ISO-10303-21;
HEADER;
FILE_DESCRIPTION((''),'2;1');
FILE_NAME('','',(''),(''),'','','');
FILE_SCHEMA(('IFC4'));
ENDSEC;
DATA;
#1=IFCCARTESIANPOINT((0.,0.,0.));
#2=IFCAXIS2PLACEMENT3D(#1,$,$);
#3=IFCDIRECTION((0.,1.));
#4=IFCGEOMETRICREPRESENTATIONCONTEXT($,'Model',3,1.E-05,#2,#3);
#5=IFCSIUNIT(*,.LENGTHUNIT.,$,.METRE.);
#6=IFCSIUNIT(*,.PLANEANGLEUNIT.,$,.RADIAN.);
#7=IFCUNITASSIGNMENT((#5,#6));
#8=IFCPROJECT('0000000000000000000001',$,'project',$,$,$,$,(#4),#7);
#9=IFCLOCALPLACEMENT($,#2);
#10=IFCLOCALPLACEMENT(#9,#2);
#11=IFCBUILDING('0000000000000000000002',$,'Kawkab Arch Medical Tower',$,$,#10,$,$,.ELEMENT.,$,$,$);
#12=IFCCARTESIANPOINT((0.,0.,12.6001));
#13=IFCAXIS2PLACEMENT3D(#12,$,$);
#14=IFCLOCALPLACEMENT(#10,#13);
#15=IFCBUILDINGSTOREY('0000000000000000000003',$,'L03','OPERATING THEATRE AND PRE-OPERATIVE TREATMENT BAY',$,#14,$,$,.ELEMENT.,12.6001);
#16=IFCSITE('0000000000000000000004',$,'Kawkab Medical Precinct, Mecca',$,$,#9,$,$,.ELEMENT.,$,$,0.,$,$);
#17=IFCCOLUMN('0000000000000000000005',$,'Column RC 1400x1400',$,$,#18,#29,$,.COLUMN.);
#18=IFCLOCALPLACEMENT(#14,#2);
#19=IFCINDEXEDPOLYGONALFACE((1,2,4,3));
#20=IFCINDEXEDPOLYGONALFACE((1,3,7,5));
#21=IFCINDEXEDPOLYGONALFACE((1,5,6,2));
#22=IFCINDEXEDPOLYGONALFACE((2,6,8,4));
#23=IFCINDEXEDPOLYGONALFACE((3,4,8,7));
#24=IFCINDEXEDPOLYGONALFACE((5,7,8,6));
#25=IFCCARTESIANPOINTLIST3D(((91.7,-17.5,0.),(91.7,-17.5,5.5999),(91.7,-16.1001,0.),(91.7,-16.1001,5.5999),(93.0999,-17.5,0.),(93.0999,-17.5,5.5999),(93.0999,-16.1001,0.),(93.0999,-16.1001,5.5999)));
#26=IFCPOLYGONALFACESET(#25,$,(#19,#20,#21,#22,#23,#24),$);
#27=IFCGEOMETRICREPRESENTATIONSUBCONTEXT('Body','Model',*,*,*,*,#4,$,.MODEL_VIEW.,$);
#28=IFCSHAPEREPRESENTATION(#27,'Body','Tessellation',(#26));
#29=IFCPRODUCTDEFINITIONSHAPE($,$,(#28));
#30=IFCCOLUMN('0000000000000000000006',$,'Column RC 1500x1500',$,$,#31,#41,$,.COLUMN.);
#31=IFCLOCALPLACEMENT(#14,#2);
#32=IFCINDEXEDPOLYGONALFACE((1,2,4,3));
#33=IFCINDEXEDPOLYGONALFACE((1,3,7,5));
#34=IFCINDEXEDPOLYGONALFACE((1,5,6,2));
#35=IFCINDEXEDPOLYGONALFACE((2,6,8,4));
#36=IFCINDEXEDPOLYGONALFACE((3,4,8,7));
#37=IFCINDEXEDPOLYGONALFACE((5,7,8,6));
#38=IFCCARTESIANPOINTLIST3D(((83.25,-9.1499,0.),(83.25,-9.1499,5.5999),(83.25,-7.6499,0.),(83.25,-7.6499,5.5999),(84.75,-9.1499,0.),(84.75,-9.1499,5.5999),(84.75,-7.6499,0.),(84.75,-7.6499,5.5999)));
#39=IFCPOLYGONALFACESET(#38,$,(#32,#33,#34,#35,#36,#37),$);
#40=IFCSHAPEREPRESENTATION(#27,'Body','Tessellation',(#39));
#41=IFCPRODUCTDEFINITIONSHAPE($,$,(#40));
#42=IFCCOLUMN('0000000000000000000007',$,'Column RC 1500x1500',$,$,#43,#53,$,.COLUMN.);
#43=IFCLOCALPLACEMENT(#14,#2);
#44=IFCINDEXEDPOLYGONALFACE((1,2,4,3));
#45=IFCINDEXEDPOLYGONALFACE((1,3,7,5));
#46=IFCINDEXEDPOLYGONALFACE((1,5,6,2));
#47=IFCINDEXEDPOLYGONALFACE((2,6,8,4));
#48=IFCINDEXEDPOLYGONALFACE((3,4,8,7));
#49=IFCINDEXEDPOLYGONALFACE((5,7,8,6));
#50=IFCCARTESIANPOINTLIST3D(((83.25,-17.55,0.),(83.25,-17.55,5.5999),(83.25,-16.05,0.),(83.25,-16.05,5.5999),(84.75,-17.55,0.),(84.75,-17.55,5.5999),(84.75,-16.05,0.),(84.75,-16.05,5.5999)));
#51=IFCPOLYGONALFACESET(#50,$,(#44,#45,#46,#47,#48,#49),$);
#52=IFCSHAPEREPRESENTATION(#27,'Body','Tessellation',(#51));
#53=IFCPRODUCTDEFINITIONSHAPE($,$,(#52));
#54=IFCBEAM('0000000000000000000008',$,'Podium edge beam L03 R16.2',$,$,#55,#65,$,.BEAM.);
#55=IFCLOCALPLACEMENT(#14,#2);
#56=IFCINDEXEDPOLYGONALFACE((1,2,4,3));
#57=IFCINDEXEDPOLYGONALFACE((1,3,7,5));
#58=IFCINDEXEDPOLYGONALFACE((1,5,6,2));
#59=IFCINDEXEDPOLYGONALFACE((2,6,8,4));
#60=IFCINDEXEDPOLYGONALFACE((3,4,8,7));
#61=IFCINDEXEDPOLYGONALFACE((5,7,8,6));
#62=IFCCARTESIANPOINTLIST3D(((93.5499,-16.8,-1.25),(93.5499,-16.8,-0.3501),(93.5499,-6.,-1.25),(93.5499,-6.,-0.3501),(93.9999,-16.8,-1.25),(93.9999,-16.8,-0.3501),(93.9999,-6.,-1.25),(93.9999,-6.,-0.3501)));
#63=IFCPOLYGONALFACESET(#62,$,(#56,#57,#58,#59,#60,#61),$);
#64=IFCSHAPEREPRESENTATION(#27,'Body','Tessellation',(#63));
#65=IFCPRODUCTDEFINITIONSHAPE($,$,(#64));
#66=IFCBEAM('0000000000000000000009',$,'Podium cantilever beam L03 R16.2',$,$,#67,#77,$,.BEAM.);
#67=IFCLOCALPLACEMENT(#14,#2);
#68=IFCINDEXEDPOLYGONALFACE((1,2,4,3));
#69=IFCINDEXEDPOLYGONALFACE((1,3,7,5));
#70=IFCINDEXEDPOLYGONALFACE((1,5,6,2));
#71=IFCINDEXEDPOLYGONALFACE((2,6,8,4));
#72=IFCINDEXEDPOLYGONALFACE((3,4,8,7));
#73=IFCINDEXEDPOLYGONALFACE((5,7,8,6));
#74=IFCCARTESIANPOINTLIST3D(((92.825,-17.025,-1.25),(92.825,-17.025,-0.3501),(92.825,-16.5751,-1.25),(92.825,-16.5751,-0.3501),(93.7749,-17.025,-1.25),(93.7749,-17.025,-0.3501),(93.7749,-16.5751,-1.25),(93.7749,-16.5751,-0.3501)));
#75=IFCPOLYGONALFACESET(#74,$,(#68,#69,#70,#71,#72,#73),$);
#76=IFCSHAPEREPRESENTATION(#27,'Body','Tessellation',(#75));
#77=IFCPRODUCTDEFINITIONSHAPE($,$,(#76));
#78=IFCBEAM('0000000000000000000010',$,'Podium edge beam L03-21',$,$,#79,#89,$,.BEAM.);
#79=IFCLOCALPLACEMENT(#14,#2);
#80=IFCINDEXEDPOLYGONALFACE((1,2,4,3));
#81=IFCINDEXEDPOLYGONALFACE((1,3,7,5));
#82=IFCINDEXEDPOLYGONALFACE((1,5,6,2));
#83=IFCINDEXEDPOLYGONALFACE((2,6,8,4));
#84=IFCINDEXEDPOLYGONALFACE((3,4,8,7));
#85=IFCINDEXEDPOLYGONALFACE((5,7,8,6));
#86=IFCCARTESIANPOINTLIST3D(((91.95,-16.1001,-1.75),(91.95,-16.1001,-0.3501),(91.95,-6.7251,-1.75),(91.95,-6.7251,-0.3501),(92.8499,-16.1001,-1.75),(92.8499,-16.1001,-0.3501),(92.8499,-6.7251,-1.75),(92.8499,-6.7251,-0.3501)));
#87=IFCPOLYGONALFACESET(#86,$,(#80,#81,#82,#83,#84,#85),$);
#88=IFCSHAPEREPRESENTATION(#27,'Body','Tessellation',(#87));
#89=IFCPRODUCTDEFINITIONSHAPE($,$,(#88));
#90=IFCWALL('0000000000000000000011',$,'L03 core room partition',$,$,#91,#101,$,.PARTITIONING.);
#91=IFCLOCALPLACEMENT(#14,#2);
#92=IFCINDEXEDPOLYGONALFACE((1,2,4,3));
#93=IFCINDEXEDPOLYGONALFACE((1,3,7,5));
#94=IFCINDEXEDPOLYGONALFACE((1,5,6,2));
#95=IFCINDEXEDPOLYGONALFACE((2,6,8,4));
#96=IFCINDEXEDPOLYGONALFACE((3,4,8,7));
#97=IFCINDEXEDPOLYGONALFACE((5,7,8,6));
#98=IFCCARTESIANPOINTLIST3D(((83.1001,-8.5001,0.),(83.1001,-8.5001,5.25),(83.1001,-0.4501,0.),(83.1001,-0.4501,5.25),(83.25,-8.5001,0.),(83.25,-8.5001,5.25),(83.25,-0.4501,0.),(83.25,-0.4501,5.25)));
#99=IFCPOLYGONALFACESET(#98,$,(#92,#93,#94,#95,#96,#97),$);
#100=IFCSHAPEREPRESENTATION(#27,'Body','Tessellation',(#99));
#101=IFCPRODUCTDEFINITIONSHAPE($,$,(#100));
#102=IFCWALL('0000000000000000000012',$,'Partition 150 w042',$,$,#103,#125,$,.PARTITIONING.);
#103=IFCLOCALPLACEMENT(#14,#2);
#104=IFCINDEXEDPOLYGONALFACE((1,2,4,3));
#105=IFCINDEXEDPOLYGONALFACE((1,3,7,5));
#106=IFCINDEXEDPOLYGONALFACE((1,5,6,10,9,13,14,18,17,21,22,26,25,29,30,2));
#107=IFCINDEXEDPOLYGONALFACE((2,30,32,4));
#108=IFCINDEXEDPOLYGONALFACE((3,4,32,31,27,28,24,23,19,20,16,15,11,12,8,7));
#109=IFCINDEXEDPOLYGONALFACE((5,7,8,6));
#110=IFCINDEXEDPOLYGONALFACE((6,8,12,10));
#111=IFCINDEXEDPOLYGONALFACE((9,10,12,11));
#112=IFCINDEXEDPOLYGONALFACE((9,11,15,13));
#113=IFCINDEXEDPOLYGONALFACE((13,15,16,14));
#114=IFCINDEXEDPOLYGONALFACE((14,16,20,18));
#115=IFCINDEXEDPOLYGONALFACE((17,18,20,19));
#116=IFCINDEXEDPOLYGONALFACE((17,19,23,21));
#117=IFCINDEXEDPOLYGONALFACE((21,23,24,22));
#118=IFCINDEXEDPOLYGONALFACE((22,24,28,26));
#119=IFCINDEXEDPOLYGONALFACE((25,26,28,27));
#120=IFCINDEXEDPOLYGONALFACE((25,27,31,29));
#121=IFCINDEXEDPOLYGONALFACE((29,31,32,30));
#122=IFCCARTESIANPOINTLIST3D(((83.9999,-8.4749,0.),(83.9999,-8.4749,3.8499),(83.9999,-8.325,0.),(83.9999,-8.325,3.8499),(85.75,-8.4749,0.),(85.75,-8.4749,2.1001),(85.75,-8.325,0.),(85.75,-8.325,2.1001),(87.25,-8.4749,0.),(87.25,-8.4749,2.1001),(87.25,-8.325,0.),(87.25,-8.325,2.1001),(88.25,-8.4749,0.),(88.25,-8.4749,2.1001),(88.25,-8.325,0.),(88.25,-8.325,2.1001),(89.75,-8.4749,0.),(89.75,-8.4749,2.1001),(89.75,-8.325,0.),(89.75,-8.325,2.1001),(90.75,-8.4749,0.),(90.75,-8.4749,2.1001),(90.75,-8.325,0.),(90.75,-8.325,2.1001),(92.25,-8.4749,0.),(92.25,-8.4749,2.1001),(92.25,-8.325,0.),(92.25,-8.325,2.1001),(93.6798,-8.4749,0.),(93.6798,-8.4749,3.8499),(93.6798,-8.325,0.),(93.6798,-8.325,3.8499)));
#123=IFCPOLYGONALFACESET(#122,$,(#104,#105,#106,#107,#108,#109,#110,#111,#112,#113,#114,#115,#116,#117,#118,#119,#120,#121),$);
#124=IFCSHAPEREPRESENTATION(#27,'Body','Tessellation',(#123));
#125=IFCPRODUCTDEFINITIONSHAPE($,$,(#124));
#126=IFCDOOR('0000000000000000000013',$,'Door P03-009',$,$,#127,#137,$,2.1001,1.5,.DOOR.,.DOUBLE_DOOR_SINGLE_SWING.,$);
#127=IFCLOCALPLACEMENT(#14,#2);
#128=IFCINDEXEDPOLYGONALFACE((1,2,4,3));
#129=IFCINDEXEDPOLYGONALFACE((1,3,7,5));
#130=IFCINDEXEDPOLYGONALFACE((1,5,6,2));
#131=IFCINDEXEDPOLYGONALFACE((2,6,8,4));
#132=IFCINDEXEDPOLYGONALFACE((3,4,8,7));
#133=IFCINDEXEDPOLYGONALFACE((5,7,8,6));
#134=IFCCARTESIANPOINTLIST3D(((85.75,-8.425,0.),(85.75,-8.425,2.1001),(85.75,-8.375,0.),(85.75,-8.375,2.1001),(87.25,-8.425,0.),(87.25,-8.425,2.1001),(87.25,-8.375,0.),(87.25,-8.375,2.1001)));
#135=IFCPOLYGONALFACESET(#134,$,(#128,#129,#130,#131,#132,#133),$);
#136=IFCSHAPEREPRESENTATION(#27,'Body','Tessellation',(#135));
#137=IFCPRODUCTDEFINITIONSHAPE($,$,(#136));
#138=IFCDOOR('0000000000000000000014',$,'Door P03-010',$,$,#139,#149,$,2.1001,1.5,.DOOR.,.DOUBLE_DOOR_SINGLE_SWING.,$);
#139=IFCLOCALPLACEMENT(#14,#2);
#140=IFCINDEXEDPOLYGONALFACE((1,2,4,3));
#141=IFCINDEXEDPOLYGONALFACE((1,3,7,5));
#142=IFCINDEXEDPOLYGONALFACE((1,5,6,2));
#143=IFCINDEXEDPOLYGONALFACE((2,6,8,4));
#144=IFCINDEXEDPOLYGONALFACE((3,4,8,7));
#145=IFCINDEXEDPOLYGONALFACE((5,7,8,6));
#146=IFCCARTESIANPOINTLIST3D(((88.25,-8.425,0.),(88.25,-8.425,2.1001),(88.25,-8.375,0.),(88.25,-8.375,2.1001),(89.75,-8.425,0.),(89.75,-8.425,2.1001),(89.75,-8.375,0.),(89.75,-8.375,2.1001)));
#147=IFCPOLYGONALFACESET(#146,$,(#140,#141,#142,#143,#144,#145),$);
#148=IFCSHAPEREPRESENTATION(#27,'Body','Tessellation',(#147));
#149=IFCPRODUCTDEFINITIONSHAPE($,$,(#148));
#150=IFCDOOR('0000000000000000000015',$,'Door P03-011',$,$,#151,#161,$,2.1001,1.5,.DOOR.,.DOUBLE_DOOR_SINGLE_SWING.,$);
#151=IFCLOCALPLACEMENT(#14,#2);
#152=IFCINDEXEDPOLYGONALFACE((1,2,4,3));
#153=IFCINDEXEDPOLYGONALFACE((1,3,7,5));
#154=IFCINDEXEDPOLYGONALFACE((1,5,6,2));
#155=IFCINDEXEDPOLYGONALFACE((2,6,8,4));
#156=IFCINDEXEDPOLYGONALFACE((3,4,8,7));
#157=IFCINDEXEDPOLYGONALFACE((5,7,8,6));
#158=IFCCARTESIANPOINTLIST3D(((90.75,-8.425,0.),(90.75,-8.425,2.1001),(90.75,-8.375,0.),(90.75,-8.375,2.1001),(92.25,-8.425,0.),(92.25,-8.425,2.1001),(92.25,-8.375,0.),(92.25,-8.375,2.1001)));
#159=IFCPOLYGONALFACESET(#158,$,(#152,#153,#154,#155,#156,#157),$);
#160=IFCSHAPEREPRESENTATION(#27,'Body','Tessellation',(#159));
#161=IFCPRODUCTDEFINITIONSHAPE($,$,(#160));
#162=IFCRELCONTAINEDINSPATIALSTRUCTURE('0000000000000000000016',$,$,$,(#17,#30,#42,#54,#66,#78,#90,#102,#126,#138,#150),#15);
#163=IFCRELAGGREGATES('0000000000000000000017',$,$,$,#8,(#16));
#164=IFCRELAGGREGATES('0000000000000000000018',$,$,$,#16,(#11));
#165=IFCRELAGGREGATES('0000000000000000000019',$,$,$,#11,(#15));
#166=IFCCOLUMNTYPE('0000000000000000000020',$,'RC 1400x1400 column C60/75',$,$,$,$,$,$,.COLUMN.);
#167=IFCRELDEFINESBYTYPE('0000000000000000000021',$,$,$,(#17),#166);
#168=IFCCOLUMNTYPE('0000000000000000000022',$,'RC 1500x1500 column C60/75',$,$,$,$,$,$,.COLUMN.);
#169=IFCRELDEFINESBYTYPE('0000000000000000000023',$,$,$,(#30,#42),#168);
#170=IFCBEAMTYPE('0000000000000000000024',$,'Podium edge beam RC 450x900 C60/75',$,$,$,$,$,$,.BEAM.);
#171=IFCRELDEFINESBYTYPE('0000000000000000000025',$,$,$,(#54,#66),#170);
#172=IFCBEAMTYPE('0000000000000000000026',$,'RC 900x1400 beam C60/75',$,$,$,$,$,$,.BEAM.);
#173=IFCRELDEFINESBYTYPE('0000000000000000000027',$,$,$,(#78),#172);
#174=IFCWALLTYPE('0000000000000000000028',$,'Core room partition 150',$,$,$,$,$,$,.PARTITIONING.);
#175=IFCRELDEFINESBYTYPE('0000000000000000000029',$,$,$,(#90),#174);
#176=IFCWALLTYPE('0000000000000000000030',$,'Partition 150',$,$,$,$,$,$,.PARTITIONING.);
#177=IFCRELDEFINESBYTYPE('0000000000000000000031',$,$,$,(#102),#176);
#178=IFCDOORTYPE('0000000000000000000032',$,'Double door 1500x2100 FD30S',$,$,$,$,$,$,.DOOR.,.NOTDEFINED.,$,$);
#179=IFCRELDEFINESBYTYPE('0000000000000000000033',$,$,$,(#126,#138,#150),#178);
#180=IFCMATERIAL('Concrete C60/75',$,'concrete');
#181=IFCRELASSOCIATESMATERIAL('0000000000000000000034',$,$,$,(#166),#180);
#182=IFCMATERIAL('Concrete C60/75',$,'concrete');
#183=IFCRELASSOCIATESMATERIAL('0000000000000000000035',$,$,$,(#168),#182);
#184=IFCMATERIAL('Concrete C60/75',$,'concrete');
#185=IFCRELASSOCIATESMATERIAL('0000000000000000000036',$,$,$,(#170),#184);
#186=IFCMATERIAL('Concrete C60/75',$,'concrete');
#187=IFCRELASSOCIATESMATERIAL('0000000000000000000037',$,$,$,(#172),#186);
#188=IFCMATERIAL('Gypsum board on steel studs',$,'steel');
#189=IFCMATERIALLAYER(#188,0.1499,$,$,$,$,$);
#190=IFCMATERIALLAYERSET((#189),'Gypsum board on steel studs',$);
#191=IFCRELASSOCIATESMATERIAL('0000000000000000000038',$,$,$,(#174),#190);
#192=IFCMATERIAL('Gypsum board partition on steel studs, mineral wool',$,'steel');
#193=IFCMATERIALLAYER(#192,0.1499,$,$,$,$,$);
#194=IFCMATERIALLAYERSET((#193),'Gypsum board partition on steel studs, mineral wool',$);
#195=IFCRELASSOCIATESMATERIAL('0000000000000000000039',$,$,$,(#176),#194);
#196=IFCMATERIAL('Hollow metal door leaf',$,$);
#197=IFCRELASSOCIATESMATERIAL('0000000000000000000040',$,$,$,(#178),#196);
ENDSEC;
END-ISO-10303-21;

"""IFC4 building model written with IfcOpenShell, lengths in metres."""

from ifc_helpers import new_model, si_unit, direction, frame, frame_2d, origin, origin_2d, place, context, subcontext, project, spatial, rectangle, extrude, material, layer, layer_set, material_profile, profile_set, type_object, element, fill, save


model = new_model("IFC4")

# Units and contexts
model_context = context("Model", 3, precision=1e-05, world=origin(), true_north=direction((0.0, 1.0)))
body_context = subcontext(model_context, "Body", "Model", "MODEL_VIEW")
ifc_project = project(units=[si_unit("LENGTHUNIT", "METRE"), si_unit("PLANEANGLEUNIT", "RADIAN")], contexts=[model_context])

# Site, building, storey
site_placement = place(None, origin())
site = spatial("IfcSite", under=ifc_project, at=site_placement, Name="Kawkab Medical Precinct, Mecca", CompositionType="ELEMENT", RefElevation=0.0)
building_placement = place(site_placement, origin())
building = spatial("IfcBuilding", under=site, at=building_placement, Name="Kawkab Arch Medical Tower", CompositionType="ELEMENT")
storey_placement = place(building_placement, frame((0.0, 0.0, 12.6001)))
storey = spatial("IfcBuildingStorey", under=building, at=storey_placement, Name="L03", Description="OPERATING THEATRE AND PRE-OPERATIVE TREATMENT BAY", CompositionType="ELEMENT", Elevation=12.6001)

# Columns
ifc_material_1 = material(Name="Concrete C60/75", Category="concrete")
ifc_material_profile_1 = material_profile(ifc_material_1, rectangle(XDim=1.3999, YDim=1.3999, at=origin_2d()), Name="RC 1400x1400")
ifc_profile_set_1 = profile_set([ifc_material_profile_1], Name="Concrete C60/75")
column_type_1 = type_object("IfcColumnType", Name="RC 1400x1400 column C60/75", PredefinedType="COLUMN", material=ifc_profile_set_1)
column_1_placement = place(storey_placement, frame((92.3999, -16.8, 0.0), z_axis=(0.0, 0.0, 1.0), x_axis=(1.0, 0.0, 0.0)))
element("IfcColumn", 1, at=column_1_placement, inside=storey, type_object=column_type_1, Name="Column RC 1400x1400", PredefinedType="COLUMN", context=body_context, shape_type="SweptSolid", body=[
    extrude(rectangle(XDim=1.3999, YDim=1.3999, at=origin_2d()), origin(), (0.0, 0.0, 1.0), 5.5999),
])
ifc_material_2 = material(Name="Concrete C60/75", Category="concrete")
ifc_material_profile_2 = material_profile(ifc_material_2, rectangle(XDim=1.5, YDim=1.5, at=origin_2d()), Name="RC 1500x1500")
ifc_profile_set_2 = profile_set([ifc_material_profile_2], Name="Concrete C60/75")
column_type_2 = type_object("IfcColumnType", Name="RC 1500x1500 column C60/75", PredefinedType="COLUMN", material=ifc_profile_set_2)
placement = place(storey_placement, frame((84.0, -8.3999, 0.0), z_axis=(0.0, 0.0, 1.0), x_axis=(1.0, 0.0, 0.0)))
element("IfcColumn", 2, at=placement, inside=storey, type_object=column_type_2, Name="Column RC 1500x1500", PredefinedType="COLUMN", context=body_context, shape_type="SweptSolid", body=[
    extrude(rectangle(XDim=1.5, YDim=1.5, at=origin_2d()), origin(), (0.0, 0.0, 1.0), 5.5999),
])
column_2_placement = place(storey_placement, frame((84.0, -16.8, 0.0), z_axis=(0.0, 0.0, 1.0), x_axis=(1.0, 0.0, 0.0)))
element("IfcColumn", 3, at=column_2_placement, inside=storey, type_object=column_type_2, Name="Column RC 1500x1500", PredefinedType="COLUMN", context=body_context, shape_type="SweptSolid", body=[
    extrude(rectangle(XDim=1.5, YDim=1.5, at=origin_2d()), origin(), (0.0, 0.0, 1.0), 5.5999),
])

# Beams
ifc_material_3 = material(Name="Concrete C60/75", Category="concrete")
ifc_material_profile_3 = material_profile(ifc_material_3, rectangle(XDim=0.45, YDim=0.8999, at=origin_2d()), Name="RC 450x900")
ifc_profile_set_3 = profile_set([ifc_material_profile_3], Name="Concrete C60/75")
beam_type_1 = type_object("IfcBeamType", Name="Podium edge beam RC 450x900 C60/75", PredefinedType="BEAM", material=ifc_profile_set_3)
beam_1_placement = place(storey_placement, frame((93.7749, -16.8, -0.8), z_axis=(0.0, 1.0, 0.0), x_axis=(-1.0, 0.0, 0.0)))
element("IfcBeam", 4, at=beam_1_placement, inside=storey, type_object=beam_type_1, Name="Podium edge beam L03 R16.2", PredefinedType="BEAM", context=body_context, shape_type="SweptSolid", body=[
    extrude(rectangle(XDim=0.45, YDim=0.8999, at=origin_2d()), origin(), (0.0, 0.0, 1.0), 10.8),
])
beam_2_placement = place(storey_placement, frame((92.825, -16.8, -0.8), z_axis=(1.0, 0.0, 0.0), x_axis=(0.0, 1.0, 0.0)))
element("IfcBeam", 5, at=beam_2_placement, inside=storey, type_object=beam_type_1, Name="Podium cantilever beam L03 R16.2", PredefinedType="BEAM", context=body_context, shape_type="SweptSolid", body=[
    extrude(rectangle(XDim=0.45, YDim=0.8999, at=origin_2d()), origin(), (0.0, 0.0, 1.0), 0.95),
])
ifc_material_4 = material(Name="Concrete C60/75", Category="concrete")
ifc_material_profile_4 = material_profile(ifc_material_4, rectangle(XDim=0.8999, YDim=1.3999, at=origin_2d()), Name="RC 900x1400")
ifc_profile_set_4 = profile_set([ifc_material_profile_4], Name="Concrete C60/75")
beam_type_2 = type_object("IfcBeamType", Name="RC 900x1400 beam C60/75", PredefinedType="BEAM", material=ifc_profile_set_4)
beam_3_placement = place(storey_placement, frame((92.3999, -16.1001, -1.05), z_axis=(0.0, 1.0, 0.0), x_axis=(-1.0, 0.0, 0.0)))
element("IfcBeam", 6, at=beam_3_placement, inside=storey, type_object=beam_type_2, Name="Podium edge beam L03-21", PredefinedType="BEAM", context=body_context, shape_type="SweptSolid", body=[
    extrude(rectangle(XDim=0.8999, YDim=1.3999, at=origin_2d()), origin(), (0.0, 0.0, 1.0), 9.375),
])

# Wall
ifc_material_5 = material(Name="Gypsum board on steel studs", Category="steel")
ifc_layer_1 = layer(ifc_material_5, 0.1499)
ifc_layer_set_1 = layer_set([ifc_layer_1], Name="Gypsum board on steel studs")
wall_type_1 = type_object("IfcWallType", Name="Core room partition 150", PredefinedType="PARTITIONING", material=ifc_layer_set_1)
wall_1_placement = place(storey_placement, frame((83.175, -8.5, 0.0), z_axis=(0.0, 0.0, 1.0), x_axis=(0.0, 1.0, 0.0)))
element("IfcWall", 7, at=wall_1_placement, inside=storey, type_object=wall_type_1, Name="L03 core room partition", PredefinedType="PARTITIONING", context=body_context, shape_type="SweptSolid", body=[
    extrude(rectangle(XDim=8.05, YDim=0.1499, at=frame_2d((4.0249, 0.0))), origin(), (0.0, 0.0, 1.0), 5.25),
])

# Wall, openings, doors
ifc_material_6 = material(Name="Gypsum board partition on steel studs, mineral wool", Category="steel")
ifc_layer_2 = layer(ifc_material_6, 0.1499)
ifc_layer_set_2 = layer_set([ifc_layer_2], Name="Gypsum board partition on steel studs, mineral wool")
wall_type_2 = type_object("IfcWallType", Name="Partition 150", PredefinedType="PARTITIONING", material=ifc_layer_set_2)
wall_2 = element("IfcWall", 8, at=placement, inside=storey, type_object=wall_type_2, Name="Partition 150 w042", PredefinedType="PARTITIONING", context=body_context, shape_type="SweptSolid", body=[
    extrude(rectangle(XDim=9.6799, YDim=0.1499, at=frame_2d((4.8398, 0.0))), origin(), (0.0, 0.0, 1.0), 3.8499),
])
opening_1_placement = place(placement, frame((1.75, 0.0, 0.0)))
opening_1 = element("IfcOpeningElement", 9, at=opening_1_placement, cuts=wall_2, PredefinedType="OPENING", context=body_context, shape_type="SweptSolid", body=[
    extrude(rectangle(XDim=1.5, YDim=2.1001, at=frame_2d((0.75, 1.05))), frame((0.0, 0.085, 0.0), z_axis=(0.0, -1.0, 0.0), x_axis=(1.0, 0.0, 0.0)), (0.0, 0.0, 1.0), 0.1699),
])
opening_2_placement = place(placement, frame((4.25, 0.0, 0.0)))
opening_2 = element("IfcOpeningElement", 10, at=opening_2_placement, cuts=wall_2, PredefinedType="OPENING", context=body_context, shape_type="SweptSolid", body=[
    extrude(rectangle(XDim=1.5, YDim=2.1001, at=frame_2d((0.75, 1.05))), frame((0.0, 0.085, 0.0), z_axis=(0.0, -1.0, 0.0), x_axis=(1.0, 0.0, 0.0)), (0.0, 0.0, 1.0), 0.1699),
])
opening_3_placement = place(placement, frame((6.75, 0.0, 0.0)))
opening_3 = element("IfcOpeningElement", 11, at=opening_3_placement, cuts=wall_2, PredefinedType="OPENING", context=body_context, shape_type="SweptSolid", body=[
    extrude(rectangle(XDim=1.5, YDim=2.1001, at=frame_2d((0.75, 1.05))), frame((0.0, 0.085, 0.0), z_axis=(0.0, -1.0, 0.0), x_axis=(1.0, 0.0, 0.0)), (0.0, 0.0, 1.0), 0.1699),
])
ifc_material_7 = material(Name="Hollow metal door leaf")
door_type_1 = type_object("IfcDoorType", Name="Double door 1500x2100 FD30S", OperationType="NOTDEFINED", PredefinedType="DOOR", material=ifc_material_7)
door_1_placement = place(opening_1_placement, origin())
door_1 = element("IfcDoor", 12, at=door_1_placement, inside=storey, type_object=door_type_1, Name="Door P03-009", OperationType="DOUBLE_DOOR_SINGLE_SWING", OverallHeight=2.1001, OverallWidth=1.5, PredefinedType="DOOR", context=body_context, shape_type="SweptSolid", body=[
    extrude(rectangle(XDim=1.5, YDim=2.1001, at=frame_2d((0.75, 1.05))), frame((0.0, 0.0249, 0.0), z_axis=(0.0, -1.0, 0.0), x_axis=(1.0, 0.0, 0.0)), (0.0, 0.0, 1.0), 0.05),
])
fill(opening_1, door_1)
door_2_placement = place(opening_2_placement, origin())
door_2 = element("IfcDoor", 13, at=door_2_placement, inside=storey, type_object=door_type_1, Name="Door P03-010", OperationType="DOUBLE_DOOR_SINGLE_SWING", OverallHeight=2.1001, OverallWidth=1.5, PredefinedType="DOOR", context=body_context, shape_type="SweptSolid", body=[
    extrude(rectangle(XDim=1.5, YDim=2.1001, at=frame_2d((0.75, 1.05))), frame((0.0, 0.0249, 0.0), z_axis=(0.0, -1.0, 0.0), x_axis=(1.0, 0.0, 0.0)), (0.0, 0.0, 1.0), 0.05),
])
fill(opening_2, door_2)
door_3_placement = place(opening_3_placement, origin())
door_3 = element("IfcDoor", 14, at=door_3_placement, inside=storey, type_object=door_type_1, Name="Door P03-011", OperationType="DOUBLE_DOOR_SINGLE_SWING", OverallHeight=2.1001, OverallWidth=1.5, PredefinedType="DOOR", context=body_context, shape_type="SweptSolid", body=[
    extrude(rectangle(XDim=1.5, YDim=2.1001, at=frame_2d((0.75, 1.05))), frame((0.0, 0.0249, 0.0), z_axis=(0.0, -1.0, 0.0), x_axis=(1.0, 0.0, 0.0)), (0.0, 0.0, 1.0), 0.05),
])
fill(opening_3, door_3)

save(model, "model.ifc")
